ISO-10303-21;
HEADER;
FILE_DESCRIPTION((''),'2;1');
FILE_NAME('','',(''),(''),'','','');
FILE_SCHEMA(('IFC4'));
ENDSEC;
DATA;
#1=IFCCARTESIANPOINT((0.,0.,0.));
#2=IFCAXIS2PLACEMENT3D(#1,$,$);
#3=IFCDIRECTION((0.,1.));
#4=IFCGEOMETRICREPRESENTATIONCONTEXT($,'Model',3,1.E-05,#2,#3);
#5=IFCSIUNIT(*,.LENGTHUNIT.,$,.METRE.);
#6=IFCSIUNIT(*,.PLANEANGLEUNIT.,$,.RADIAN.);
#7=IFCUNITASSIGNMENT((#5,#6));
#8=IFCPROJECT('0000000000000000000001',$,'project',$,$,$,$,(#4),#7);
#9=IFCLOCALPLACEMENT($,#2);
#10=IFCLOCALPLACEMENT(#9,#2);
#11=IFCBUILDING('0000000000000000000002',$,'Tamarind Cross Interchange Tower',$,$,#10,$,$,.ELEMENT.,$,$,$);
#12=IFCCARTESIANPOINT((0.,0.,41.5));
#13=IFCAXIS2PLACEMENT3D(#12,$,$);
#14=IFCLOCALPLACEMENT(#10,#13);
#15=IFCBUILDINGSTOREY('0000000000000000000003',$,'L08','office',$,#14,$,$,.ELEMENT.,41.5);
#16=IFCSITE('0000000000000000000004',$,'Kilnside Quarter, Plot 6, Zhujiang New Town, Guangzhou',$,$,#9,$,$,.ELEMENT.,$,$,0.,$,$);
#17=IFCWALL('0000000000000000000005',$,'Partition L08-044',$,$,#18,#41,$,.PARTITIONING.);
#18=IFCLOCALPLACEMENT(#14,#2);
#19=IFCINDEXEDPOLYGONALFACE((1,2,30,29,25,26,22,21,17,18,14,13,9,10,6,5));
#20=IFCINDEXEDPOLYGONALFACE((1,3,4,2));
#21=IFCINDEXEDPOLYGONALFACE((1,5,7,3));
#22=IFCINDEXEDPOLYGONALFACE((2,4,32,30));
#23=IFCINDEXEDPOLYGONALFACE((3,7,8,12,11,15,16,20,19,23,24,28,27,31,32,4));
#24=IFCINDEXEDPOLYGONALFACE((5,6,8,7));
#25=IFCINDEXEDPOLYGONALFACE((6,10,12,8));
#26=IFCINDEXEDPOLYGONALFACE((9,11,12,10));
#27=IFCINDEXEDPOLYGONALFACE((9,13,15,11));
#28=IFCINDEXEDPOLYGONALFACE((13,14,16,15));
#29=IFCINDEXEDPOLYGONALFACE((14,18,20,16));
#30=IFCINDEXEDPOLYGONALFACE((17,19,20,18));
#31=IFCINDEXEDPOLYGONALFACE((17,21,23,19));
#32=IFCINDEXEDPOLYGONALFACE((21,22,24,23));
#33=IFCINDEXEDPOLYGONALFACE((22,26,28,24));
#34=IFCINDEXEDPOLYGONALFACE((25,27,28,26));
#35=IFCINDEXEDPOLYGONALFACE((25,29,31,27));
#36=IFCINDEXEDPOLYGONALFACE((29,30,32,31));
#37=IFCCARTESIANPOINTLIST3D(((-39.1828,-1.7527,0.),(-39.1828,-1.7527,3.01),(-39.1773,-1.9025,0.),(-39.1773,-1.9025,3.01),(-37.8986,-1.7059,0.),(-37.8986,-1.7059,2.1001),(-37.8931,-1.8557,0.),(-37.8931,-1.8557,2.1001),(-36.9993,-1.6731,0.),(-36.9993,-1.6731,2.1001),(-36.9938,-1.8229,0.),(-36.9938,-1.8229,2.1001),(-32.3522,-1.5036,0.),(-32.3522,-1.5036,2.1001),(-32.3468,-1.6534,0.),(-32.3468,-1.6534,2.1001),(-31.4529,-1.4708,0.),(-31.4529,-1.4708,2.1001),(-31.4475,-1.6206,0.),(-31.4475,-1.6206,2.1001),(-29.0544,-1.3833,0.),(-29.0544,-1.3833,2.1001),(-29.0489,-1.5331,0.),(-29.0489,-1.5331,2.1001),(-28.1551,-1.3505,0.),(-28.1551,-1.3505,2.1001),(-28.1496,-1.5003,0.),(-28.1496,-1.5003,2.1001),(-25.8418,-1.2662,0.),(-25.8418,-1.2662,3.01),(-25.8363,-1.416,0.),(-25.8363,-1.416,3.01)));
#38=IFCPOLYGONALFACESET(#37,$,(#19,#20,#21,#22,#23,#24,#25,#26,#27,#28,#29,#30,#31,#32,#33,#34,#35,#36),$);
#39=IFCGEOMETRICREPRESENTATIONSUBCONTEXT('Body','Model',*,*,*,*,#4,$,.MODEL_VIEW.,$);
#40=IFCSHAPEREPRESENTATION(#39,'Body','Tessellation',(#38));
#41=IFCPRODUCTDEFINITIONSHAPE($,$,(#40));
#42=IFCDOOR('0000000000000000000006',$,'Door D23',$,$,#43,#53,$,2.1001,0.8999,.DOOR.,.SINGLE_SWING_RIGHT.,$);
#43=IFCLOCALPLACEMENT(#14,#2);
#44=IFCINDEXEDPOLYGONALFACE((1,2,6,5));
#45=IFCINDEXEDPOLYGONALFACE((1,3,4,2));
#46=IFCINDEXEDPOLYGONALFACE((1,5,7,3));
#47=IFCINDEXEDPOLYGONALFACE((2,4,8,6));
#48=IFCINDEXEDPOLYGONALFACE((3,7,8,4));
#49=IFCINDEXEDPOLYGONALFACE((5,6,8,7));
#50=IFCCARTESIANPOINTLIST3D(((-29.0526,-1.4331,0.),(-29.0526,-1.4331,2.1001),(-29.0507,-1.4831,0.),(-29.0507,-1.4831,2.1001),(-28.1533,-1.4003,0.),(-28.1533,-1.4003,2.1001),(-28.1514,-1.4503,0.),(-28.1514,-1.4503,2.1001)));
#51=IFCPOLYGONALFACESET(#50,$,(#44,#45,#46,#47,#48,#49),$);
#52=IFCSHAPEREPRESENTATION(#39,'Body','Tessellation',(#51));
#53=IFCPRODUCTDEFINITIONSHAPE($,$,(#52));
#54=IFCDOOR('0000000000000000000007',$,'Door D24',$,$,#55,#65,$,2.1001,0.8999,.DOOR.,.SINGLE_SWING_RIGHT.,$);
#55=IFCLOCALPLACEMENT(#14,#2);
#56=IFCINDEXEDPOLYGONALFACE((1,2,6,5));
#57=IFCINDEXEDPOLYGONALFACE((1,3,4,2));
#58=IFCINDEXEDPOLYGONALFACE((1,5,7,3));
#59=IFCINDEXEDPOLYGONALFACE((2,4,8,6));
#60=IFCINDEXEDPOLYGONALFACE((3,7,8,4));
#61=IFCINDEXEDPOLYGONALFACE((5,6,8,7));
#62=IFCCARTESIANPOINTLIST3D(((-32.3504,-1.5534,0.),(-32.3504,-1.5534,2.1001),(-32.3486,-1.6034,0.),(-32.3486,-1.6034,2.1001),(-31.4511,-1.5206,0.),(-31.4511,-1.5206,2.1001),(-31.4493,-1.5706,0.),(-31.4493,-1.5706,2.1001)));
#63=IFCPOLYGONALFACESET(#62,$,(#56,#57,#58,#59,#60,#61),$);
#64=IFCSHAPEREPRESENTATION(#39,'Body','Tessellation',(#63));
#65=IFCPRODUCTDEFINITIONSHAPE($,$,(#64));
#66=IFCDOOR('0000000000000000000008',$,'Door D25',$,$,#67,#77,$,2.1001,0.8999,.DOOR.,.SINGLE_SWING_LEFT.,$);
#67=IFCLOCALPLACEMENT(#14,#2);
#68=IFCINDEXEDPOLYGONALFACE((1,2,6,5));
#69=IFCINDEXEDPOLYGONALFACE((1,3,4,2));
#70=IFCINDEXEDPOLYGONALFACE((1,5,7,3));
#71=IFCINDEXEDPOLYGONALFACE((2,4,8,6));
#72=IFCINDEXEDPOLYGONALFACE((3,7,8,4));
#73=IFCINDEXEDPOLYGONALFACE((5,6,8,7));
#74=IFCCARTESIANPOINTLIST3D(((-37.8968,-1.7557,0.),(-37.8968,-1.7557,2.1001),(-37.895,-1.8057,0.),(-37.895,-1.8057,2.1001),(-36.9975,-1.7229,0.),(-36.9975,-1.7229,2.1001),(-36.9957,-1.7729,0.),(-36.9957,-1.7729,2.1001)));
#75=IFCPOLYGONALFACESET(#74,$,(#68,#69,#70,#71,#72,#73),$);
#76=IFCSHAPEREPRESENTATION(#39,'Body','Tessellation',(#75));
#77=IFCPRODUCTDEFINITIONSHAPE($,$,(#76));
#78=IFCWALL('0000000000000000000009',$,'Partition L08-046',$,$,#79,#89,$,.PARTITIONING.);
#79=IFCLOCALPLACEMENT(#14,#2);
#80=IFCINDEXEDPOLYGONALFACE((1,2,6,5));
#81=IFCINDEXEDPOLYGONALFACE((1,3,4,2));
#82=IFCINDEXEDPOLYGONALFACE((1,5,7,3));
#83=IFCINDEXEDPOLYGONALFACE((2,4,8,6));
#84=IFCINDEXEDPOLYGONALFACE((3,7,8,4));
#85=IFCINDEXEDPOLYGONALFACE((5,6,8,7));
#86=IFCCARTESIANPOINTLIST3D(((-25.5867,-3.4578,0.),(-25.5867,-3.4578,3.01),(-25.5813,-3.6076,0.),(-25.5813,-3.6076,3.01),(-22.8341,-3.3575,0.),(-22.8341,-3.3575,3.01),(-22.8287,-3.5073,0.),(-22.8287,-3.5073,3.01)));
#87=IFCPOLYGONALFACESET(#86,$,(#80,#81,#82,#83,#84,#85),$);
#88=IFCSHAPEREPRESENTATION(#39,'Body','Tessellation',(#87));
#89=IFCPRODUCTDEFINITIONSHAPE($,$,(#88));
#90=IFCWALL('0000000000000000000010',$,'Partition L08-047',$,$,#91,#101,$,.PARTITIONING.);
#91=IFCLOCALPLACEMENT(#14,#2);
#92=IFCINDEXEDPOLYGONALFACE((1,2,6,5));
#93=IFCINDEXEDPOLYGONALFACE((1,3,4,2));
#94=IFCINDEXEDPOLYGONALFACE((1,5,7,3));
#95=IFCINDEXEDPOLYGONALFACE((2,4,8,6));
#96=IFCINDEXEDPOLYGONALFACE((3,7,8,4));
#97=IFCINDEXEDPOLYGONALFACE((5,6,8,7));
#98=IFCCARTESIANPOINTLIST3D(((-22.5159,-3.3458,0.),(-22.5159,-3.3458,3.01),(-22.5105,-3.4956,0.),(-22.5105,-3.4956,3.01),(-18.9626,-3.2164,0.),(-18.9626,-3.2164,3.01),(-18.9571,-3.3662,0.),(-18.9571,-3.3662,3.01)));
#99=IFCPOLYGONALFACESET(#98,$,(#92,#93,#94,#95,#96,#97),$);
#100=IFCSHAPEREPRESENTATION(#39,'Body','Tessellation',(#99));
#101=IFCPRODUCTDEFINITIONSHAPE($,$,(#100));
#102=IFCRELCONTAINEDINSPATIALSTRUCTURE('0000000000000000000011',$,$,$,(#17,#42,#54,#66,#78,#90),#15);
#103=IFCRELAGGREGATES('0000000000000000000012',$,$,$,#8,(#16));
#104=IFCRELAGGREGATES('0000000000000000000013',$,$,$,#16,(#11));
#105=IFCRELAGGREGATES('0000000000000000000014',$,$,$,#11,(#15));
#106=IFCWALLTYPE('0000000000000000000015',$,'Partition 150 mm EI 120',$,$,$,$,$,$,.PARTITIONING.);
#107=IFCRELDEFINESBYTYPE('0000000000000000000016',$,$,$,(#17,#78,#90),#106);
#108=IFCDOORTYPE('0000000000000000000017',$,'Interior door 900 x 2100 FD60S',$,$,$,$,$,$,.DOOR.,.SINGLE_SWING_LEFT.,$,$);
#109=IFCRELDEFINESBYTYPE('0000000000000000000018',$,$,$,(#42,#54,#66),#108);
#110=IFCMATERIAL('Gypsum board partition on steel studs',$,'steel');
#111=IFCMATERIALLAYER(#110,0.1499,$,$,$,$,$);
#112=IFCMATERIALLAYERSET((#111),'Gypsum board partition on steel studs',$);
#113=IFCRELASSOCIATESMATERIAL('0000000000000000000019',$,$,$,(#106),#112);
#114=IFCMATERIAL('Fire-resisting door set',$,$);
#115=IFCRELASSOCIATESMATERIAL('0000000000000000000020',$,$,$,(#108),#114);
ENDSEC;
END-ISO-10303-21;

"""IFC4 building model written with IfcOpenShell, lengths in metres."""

from ifc_helpers import new_model, si_unit, direction, frame, frame_2d, origin, place, context, subcontext, project, spatial, rectangle, extrude, material, layer, layer_set, type_object, element, fill, save


model = new_model("IFC4")

# Units and contexts
model_context = context("Model", 3, precision=1e-05, world=origin(), true_north=direction((0.0, 1.0)))
body_context = subcontext(model_context, "Body", "Model", "MODEL_VIEW")
ifc_project = project(units=[si_unit("LENGTHUNIT", "METRE"), si_unit("PLANEANGLEUNIT", "RADIAN")], contexts=[model_context])

# Site, building, storey
site_placement = place(None, origin())
site = spatial("IfcSite", under=ifc_project, at=site_placement, Name="Kilnside Quarter, Plot 6, Zhujiang New Town, Guangzhou", CompositionType="ELEMENT", RefElevation=0.0)
building_placement = place(site_placement, origin())
building = spatial("IfcBuilding", under=site, at=building_placement, Name="Tamarind Cross Interchange Tower", CompositionType="ELEMENT")
storey_placement = place(building_placement, frame((0.0, 0.0, 41.5)))
storey = spatial("IfcBuildingStorey", under=building, at=storey_placement, Name="L08", Description="office", CompositionType="ELEMENT", Elevation=41.5)

# Shared definitions
ifc_material_1 = material(Name="Gypsum board partition on steel studs", Category="steel")

# Wall, openings, doors
ifc_layer_1 = layer(ifc_material_1, 0.1499)
ifc_layer_set_1 = layer_set([ifc_layer_1], Name="Gypsum board partition on steel studs")
wall_type_1 = type_object("IfcWallType", Name="Partition 150 mm EI 120", PredefinedType="PARTITIONING", material=ifc_layer_set_1)
wall_1_placement = place(storey_placement, frame((-39.1799, -1.8276, 0.0), z_axis=(0.0, 0.0, 1.0), x_axis=(0.999336, 0.036448, 0.0)))
wall_1 = element("IfcWall", 1, at=wall_1_placement, inside=storey, type_object=wall_type_1, Name="Partition L08-044", PredefinedType="PARTITIONING", context=body_context, shape_type="SweptSolid", body=[
    extrude(rectangle(XDim=13.3499, YDim=0.1499, at=frame_2d((6.6748, 0.0))), origin(), (0.0, 0.0, 1.0), 3.01),
])
opening_1_placement = place(wall_1_placement, frame((10.135, 0.0, 0.0)))
opening_1 = element("IfcOpeningElement", 2, at=opening_1_placement, cuts=wall_1, PredefinedType="OPENING", context=body_context, shape_type="SweptSolid", body=[
    extrude(rectangle(XDim=0.8999, YDim=2.1001, at=frame_2d((0.45, 1.05))), frame((0.0, 0.085, 0.0), z_axis=(0.0, -1.0, 0.0), x_axis=(1.0, 0.0, 0.0)), (0.0, 0.0, 1.0), 0.1699),
])
opening_2_placement = place(wall_1_placement, frame((6.835, 0.0, 0.0)))
opening_2 = element("IfcOpeningElement", 3, at=opening_2_placement, cuts=wall_1, PredefinedType="OPENING", context=body_context, shape_type="SweptSolid", body=[
    extrude(rectangle(XDim=0.8999, YDim=2.1001, at=frame_2d((0.45, 1.05))), frame((0.0, 0.085, 0.0), z_axis=(0.0, -1.0, 0.0), x_axis=(1.0, 0.0, 0.0)), (0.0, 0.0, 1.0), 0.1699),
])
opening_3_placement = place(wall_1_placement, frame((1.2849, 0.0, 0.0)))
opening_3 = element("IfcOpeningElement", 4, at=opening_3_placement, cuts=wall_1, PredefinedType="OPENING", context=body_context, shape_type="SweptSolid", body=[
    extrude(rectangle(XDim=0.8999, YDim=2.1001, at=frame_2d((0.45, 1.05))), frame((0.0, 0.085, 0.0), z_axis=(0.0, -1.0, 0.0), x_axis=(1.0, 0.0, 0.0)), (0.0, 0.0, 1.0), 0.1699),
])
ifc_material_2 = material(Name="Fire-resisting door set")
door_type = type_object("IfcDoorType", Name="Interior door 900 x 2100 FD60S", OperationType="SINGLE_SWING_LEFT", PredefinedType="DOOR", material=ifc_material_2)
door_1_placement = place(opening_1_placement, frame((0.8999, 0.0, 0.0), z_axis=(0.0, 0.0, 1.0), x_axis=(-1.0, 0.0, 0.0)))
door_1 = element("IfcDoor", 5, at=door_1_placement, inside=storey, type_object=door_type, Name="Door D23", OperationType="SINGLE_SWING_RIGHT", OverallHeight=2.1001, OverallWidth=0.8999, PredefinedType="DOOR", context=body_context, shape_type="SweptSolid", body=[
    extrude(rectangle(XDim=0.8999, YDim=2.1001, at=frame_2d((0.45, 1.05))), frame((0.0, 0.0249, 0.0), z_axis=(0.0, -1.0, 0.0), x_axis=(1.0, 0.0, 0.0)), (0.0, 0.0, 1.0), 0.05),
])
fill(opening_1, door_1)
door_2_placement = place(opening_2_placement, frame((0.8999, 0.0, 0.0), z_axis=(0.0, 0.0, 1.0), x_axis=(-1.0, 0.0, 0.0)))
door_2 = element("IfcDoor", 6, at=door_2_placement, inside=storey, type_object=door_type, Name="Door D24", OperationType="SINGLE_SWING_RIGHT", OverallHeight=2.1001, OverallWidth=0.8999, PredefinedType="DOOR", context=body_context, shape_type="SweptSolid", body=[
    extrude(rectangle(XDim=0.8999, YDim=2.1001, at=frame_2d((0.45, 1.05))), frame((0.0, 0.0249, 0.0), z_axis=(0.0, -1.0, 0.0), x_axis=(1.0, 0.0, 0.0)), (0.0, 0.0, 1.0), 0.05),
])
fill(opening_2, door_2)
door_3_placement = place(opening_3_placement, frame((0.8999, 0.0, 0.0), z_axis=(0.0, 0.0, 1.0), x_axis=(-1.0, 0.0, 0.0)))
door_3 = element("IfcDoor", 7, at=door_3_placement, inside=storey, type_object=door_type, Name="Door D25", OperationType="SINGLE_SWING_LEFT", OverallHeight=2.1001, OverallWidth=0.8999, PredefinedType="DOOR", context=body_context, shape_type="SweptSolid", body=[
    extrude(rectangle(XDim=0.8999, YDim=2.1001, at=frame_2d((0.45, 1.05))), frame((0.0, 0.0249, 0.0), z_axis=(0.0, -1.0, 0.0), x_axis=(1.0, 0.0, 0.0)), (0.0, 0.0, 1.0), 0.05),
])
fill(opening_3, door_3)

# Walls
wall_2_placement = place(storey_placement, frame((-25.584, -3.5327, 0.0), z_axis=(0.0, 0.0, 1.0), x_axis=(0.999336, 0.036428, 0.0)))
element("IfcWall", 8, at=wall_2_placement, inside=storey, type_object=wall_type_1, Name="Partition L08-046", PredefinedType="PARTITIONING", context=body_context, shape_type="SweptSolid", body=[
    extrude(rectangle(XDim=2.7544, YDim=0.1499, at=frame_2d((1.3772, 0.0))), origin(), (0.0, 0.0, 1.0), 3.01),
])
wall_3_placement = place(storey_placement, frame((-22.5132, -3.4207, 0.0), z_axis=(0.0, 0.0, 1.0), x_axis=(0.999338, 0.036392, 0.0)))
element("IfcWall", 9, at=wall_3_placement, inside=storey, type_object=wall_type_1, Name="Partition L08-047", PredefinedType="PARTITIONING", context=body_context, shape_type="SweptSolid", body=[
    extrude(rectangle(XDim=3.5557, YDim=0.1499, at=frame_2d((1.7778, 0.0))), origin(), (0.0, 0.0, 1.0), 3.01),
])

save(model, "model.ifc")
